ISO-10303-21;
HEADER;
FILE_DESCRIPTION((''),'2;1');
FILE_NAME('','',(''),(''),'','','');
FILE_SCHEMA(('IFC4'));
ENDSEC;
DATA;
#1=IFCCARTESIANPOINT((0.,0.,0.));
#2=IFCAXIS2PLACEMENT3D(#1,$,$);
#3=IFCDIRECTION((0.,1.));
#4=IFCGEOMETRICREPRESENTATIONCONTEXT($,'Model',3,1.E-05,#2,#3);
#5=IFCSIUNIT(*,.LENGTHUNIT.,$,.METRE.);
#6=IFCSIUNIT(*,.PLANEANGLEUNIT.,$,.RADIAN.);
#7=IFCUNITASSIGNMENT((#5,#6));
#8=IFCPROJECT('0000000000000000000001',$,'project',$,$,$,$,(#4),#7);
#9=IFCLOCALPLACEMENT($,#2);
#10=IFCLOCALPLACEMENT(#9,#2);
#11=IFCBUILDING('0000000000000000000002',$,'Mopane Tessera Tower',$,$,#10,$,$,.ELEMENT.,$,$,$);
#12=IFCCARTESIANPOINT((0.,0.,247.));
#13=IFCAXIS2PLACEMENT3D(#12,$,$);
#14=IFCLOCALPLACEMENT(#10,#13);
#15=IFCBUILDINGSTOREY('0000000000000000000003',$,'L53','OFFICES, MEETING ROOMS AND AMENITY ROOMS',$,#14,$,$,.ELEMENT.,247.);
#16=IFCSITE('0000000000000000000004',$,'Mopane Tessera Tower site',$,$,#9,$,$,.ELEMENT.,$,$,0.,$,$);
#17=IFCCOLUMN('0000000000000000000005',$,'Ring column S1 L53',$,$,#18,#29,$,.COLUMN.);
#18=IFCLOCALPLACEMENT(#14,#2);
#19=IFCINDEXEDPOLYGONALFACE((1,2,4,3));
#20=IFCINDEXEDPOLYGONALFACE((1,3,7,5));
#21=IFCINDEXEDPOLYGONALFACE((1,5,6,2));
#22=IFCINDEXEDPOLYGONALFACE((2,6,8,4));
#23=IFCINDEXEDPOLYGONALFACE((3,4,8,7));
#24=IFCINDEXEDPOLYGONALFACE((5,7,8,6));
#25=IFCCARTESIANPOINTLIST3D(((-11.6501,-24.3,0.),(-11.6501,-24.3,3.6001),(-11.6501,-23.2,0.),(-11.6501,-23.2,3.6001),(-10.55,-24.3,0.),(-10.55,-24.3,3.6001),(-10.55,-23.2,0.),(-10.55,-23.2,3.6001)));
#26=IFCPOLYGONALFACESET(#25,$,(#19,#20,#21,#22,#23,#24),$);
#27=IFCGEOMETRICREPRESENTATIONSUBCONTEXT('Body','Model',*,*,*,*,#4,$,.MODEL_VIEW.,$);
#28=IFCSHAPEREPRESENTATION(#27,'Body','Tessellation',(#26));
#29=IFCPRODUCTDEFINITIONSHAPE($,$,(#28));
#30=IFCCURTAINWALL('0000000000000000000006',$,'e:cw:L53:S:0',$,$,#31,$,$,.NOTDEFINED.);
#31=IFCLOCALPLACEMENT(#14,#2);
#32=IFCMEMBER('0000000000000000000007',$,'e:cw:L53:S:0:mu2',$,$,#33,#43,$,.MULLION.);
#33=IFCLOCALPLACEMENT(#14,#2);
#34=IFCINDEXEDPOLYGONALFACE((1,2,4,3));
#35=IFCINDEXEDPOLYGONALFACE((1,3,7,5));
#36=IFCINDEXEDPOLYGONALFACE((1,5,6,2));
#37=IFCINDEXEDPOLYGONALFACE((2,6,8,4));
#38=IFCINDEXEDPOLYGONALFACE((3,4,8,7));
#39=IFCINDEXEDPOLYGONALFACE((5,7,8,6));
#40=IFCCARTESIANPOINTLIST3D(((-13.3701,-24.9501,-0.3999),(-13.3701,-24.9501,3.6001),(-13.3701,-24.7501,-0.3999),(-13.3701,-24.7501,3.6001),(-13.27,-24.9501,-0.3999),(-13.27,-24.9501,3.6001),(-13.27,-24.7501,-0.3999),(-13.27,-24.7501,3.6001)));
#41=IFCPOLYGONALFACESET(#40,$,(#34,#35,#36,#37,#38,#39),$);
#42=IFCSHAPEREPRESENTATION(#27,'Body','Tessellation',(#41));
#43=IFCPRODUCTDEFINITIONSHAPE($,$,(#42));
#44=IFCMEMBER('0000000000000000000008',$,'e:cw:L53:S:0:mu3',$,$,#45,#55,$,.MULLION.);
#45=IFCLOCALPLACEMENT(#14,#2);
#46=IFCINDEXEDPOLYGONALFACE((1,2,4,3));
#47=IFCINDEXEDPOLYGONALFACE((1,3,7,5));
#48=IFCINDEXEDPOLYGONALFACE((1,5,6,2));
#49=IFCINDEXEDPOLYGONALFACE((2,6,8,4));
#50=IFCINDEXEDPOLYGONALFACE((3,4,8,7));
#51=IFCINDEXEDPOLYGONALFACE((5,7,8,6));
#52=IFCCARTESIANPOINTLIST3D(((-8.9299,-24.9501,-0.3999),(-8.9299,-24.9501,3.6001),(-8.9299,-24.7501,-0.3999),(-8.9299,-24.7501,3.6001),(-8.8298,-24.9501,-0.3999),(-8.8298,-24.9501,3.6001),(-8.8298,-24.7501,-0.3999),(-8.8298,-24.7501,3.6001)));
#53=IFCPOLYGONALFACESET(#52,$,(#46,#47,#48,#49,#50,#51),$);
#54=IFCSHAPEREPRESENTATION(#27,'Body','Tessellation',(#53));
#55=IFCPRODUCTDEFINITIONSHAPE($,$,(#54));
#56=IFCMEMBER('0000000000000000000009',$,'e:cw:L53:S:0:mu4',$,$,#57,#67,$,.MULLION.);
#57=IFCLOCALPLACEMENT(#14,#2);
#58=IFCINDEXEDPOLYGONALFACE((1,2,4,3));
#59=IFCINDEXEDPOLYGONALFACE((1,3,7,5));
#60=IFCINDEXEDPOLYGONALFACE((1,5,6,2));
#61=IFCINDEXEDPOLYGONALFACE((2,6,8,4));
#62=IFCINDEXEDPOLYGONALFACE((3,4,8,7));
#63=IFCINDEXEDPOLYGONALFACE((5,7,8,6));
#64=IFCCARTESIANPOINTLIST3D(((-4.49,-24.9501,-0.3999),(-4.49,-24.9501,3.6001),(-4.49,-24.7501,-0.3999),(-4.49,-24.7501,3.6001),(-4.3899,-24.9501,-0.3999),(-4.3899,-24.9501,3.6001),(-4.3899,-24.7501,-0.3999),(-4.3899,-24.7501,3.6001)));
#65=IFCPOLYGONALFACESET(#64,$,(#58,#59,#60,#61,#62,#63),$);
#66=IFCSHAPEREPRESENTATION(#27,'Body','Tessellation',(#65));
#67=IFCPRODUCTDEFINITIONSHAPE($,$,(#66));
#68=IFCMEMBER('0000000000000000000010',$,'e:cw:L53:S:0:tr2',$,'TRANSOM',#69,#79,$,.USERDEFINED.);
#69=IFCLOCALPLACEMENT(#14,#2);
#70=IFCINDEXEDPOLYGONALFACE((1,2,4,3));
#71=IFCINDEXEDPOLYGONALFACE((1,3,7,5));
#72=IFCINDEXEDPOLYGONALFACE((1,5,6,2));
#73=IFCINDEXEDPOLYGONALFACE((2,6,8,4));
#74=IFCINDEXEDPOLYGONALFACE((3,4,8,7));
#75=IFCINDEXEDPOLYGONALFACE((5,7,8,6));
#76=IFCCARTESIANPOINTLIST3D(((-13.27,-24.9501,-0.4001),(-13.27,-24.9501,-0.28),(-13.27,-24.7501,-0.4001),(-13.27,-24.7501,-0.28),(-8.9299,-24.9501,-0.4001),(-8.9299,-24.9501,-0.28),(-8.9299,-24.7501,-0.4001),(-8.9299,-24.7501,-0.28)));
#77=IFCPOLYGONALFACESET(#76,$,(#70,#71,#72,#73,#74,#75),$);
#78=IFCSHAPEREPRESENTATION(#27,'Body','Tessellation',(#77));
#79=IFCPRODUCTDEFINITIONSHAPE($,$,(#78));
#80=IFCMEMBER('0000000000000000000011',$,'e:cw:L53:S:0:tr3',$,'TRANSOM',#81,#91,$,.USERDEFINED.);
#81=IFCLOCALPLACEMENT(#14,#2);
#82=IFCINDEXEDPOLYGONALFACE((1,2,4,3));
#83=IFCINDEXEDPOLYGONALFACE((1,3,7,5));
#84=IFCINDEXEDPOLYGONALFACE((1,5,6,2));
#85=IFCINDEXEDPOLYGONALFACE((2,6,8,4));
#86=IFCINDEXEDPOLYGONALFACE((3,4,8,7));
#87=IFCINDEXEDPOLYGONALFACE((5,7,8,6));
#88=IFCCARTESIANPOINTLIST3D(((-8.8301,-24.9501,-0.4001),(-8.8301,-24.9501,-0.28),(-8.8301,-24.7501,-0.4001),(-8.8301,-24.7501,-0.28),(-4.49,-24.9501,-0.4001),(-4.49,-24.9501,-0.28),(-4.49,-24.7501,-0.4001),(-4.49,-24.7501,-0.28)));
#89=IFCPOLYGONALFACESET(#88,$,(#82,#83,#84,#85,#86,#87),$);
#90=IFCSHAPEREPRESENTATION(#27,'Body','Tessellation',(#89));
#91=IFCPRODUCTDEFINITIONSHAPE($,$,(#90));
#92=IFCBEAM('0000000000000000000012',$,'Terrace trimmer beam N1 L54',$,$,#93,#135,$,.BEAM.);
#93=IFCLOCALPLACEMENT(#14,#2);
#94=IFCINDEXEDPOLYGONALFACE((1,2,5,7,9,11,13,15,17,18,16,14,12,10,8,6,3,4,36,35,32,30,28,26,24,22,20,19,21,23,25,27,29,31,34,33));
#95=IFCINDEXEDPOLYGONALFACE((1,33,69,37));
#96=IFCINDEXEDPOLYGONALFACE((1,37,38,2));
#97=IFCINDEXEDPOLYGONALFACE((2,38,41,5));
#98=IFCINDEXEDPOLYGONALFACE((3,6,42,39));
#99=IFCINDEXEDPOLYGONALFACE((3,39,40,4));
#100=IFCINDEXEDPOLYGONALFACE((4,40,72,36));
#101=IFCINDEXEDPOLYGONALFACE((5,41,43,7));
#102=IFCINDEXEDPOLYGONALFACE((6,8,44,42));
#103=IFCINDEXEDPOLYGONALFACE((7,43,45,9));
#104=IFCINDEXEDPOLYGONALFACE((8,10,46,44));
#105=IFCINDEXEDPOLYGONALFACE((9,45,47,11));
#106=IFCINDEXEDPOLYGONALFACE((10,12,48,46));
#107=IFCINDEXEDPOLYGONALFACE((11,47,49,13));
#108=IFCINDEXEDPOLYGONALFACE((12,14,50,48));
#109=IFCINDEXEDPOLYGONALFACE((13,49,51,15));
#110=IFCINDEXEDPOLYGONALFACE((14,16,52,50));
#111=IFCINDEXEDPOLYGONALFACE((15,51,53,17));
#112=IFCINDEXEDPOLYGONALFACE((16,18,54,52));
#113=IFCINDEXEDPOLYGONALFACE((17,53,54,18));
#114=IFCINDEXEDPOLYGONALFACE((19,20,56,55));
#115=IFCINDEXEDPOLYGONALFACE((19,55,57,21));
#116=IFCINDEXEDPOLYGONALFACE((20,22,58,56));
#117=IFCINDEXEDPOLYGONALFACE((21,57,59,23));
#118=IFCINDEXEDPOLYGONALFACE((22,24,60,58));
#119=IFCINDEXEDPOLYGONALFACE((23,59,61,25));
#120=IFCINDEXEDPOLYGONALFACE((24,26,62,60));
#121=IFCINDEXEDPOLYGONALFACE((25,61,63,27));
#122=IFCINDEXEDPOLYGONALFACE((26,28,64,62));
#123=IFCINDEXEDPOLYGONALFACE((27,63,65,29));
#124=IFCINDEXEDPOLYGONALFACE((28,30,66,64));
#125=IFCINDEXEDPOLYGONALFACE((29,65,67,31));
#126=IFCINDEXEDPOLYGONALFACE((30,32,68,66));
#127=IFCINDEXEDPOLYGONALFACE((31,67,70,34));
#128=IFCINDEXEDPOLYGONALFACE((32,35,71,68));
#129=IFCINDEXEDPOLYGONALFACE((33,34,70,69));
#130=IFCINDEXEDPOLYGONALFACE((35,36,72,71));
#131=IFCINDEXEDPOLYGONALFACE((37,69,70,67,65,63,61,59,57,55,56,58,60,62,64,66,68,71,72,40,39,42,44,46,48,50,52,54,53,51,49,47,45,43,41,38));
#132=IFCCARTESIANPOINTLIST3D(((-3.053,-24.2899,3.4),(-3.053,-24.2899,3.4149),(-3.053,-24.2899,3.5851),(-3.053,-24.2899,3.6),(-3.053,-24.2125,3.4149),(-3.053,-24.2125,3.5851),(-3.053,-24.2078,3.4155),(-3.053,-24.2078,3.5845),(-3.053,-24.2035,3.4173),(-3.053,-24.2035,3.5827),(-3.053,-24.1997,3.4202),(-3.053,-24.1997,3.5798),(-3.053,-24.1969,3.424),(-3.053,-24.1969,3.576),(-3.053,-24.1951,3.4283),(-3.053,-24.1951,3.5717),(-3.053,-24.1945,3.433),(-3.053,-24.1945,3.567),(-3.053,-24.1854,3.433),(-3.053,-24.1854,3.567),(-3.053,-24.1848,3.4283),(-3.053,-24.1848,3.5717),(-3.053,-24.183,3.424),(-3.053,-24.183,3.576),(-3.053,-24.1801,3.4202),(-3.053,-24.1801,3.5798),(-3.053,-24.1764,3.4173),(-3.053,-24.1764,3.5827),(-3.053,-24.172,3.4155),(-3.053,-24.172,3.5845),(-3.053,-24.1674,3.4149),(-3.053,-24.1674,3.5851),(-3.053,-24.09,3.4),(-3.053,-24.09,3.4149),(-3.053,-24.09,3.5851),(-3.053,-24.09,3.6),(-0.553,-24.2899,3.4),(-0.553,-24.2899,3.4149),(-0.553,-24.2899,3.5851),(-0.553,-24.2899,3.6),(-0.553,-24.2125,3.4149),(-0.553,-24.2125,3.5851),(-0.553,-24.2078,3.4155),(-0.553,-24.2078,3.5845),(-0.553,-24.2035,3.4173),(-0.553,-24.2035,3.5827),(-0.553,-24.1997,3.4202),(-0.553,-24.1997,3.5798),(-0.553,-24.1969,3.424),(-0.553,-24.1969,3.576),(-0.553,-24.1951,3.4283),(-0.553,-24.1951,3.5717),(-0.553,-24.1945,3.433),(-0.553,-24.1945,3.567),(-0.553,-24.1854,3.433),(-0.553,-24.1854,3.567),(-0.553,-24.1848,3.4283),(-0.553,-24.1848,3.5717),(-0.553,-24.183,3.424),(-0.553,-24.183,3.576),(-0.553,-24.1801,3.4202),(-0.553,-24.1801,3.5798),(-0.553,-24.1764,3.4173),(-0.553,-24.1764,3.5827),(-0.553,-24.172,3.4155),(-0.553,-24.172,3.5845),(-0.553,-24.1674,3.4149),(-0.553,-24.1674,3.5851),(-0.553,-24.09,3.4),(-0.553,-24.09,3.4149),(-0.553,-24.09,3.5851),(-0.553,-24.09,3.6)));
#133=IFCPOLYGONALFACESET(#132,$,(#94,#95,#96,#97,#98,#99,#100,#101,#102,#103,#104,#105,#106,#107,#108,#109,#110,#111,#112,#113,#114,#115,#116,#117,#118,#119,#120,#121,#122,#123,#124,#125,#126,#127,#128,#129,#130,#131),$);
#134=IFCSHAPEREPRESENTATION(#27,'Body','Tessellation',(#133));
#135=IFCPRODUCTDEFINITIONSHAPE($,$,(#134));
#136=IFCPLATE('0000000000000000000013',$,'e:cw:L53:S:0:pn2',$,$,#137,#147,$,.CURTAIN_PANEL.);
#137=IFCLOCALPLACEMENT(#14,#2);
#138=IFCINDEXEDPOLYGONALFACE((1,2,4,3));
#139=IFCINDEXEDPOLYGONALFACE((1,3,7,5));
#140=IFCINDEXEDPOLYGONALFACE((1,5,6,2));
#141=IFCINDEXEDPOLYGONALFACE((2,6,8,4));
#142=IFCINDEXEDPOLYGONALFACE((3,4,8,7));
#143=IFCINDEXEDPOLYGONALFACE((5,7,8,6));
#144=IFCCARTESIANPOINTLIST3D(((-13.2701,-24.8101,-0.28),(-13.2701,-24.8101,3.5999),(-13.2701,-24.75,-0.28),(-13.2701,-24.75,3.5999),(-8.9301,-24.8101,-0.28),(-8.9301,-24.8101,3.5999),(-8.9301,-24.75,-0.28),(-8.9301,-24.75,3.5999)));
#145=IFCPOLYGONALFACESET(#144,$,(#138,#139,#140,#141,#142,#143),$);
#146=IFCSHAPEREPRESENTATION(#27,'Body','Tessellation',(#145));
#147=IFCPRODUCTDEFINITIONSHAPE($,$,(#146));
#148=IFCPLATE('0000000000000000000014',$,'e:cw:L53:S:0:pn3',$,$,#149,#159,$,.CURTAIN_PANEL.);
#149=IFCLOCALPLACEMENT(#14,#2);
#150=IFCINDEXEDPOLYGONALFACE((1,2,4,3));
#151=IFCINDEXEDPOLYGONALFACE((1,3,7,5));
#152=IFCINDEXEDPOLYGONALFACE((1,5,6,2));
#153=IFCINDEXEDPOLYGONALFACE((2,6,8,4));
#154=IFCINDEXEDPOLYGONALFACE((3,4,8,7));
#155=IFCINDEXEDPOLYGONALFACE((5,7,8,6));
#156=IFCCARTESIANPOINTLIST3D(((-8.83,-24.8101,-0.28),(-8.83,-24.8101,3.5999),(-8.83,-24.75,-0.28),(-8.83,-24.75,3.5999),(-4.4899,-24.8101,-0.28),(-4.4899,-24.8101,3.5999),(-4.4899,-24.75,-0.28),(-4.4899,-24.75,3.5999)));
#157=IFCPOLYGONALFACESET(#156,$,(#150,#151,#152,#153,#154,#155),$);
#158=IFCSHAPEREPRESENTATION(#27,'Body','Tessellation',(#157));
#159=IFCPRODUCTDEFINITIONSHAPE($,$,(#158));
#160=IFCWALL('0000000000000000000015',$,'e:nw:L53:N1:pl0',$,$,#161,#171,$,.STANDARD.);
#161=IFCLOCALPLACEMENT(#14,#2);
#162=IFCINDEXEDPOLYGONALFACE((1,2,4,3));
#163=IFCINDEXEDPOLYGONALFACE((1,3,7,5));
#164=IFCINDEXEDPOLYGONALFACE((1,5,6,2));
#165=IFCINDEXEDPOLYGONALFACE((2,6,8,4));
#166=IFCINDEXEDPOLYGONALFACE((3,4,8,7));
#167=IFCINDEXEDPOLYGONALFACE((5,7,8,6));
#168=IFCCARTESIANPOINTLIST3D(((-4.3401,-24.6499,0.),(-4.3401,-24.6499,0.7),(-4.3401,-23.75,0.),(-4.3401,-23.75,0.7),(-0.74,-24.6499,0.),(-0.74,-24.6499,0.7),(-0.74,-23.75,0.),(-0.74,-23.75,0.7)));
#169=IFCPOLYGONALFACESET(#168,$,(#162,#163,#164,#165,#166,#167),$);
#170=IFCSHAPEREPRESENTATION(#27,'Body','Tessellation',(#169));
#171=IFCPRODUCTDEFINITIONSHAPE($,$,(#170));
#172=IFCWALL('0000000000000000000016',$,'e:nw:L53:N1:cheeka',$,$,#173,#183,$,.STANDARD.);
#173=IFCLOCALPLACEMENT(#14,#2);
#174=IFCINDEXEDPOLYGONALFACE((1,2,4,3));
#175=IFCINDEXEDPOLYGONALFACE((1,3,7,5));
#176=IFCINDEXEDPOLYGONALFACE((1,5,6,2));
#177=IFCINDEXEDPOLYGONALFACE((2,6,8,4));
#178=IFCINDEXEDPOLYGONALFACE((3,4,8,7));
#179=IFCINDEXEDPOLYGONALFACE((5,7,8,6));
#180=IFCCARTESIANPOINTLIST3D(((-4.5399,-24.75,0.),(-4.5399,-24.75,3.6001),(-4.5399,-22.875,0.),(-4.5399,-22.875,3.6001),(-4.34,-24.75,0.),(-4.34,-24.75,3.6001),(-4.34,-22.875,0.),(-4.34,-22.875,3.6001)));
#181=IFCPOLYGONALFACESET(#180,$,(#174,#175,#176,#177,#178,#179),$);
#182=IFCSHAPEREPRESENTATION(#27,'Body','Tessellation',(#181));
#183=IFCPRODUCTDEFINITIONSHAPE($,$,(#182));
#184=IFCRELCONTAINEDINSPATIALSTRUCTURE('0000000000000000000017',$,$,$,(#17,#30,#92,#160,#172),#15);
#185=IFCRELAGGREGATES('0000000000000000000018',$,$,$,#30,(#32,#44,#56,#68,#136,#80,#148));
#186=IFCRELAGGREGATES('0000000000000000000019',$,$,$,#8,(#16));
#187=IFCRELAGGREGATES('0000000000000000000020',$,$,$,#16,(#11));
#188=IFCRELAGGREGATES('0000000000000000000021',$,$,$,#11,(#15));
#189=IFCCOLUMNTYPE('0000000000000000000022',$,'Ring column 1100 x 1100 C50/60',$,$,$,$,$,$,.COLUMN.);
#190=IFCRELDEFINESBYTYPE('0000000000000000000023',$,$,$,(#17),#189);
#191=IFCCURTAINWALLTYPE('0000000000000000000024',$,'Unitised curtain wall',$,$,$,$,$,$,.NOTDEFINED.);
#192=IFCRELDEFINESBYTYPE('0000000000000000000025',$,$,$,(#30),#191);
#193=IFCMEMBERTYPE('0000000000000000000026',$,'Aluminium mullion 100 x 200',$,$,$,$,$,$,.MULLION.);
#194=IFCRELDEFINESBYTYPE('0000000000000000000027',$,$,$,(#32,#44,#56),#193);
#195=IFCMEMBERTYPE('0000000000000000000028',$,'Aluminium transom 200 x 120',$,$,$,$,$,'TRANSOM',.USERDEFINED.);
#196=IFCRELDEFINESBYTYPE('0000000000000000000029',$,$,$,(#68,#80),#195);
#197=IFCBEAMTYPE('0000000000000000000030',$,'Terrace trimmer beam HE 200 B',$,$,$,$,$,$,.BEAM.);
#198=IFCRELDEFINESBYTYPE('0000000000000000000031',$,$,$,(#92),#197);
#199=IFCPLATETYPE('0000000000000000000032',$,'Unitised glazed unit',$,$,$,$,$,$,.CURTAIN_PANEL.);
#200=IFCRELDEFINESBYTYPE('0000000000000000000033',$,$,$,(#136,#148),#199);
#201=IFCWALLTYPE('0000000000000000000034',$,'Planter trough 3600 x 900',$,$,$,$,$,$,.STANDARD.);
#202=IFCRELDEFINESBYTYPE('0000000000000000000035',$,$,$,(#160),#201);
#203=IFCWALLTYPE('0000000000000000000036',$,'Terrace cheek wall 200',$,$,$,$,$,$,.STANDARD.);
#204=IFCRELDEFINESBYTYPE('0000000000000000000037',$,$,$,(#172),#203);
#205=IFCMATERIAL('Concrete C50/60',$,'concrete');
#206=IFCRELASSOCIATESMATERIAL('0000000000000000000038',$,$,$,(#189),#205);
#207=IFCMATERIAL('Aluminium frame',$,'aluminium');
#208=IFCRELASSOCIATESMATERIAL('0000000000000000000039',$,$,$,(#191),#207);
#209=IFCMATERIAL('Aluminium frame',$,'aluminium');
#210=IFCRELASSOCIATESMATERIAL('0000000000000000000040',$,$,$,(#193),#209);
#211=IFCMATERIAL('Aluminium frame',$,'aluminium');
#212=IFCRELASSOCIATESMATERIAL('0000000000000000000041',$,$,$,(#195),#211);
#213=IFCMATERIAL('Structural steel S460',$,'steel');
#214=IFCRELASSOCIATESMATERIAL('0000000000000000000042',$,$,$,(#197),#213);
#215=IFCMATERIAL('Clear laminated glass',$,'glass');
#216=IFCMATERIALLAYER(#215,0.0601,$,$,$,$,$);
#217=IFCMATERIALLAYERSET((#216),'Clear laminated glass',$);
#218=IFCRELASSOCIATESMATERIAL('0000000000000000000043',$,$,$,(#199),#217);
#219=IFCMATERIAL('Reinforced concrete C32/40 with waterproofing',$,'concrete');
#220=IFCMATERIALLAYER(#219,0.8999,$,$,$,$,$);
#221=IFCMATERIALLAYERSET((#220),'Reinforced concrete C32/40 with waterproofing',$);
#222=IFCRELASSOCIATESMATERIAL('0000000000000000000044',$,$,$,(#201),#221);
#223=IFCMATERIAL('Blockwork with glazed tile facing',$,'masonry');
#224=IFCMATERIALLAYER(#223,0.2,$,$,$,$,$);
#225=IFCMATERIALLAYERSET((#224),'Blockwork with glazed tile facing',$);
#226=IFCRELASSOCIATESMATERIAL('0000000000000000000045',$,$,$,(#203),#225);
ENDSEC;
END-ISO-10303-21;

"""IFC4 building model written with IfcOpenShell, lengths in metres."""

from ifc_helpers import new_model, si_unit, direction, frame, frame_2d, origin, origin_2d, place, context, subcontext, project, spatial, rectangle, i_section, extrude, material, layer, layer_set, material_profile, profile_set, type_object, element, aggregate, save


model = new_model("IFC4")

# Units and contexts
model_context = context("Model", 3, precision=1e-05, world=origin(), true_north=direction((0.0, 1.0)))
body_context = subcontext(model_context, "Body", "Model", "MODEL_VIEW")
ifc_project = project(units=[si_unit("LENGTHUNIT", "METRE"), si_unit("PLANEANGLEUNIT", "RADIAN")], contexts=[model_context])

# Site, building, storey
site_placement = place(None, origin())
site = spatial("IfcSite", under=ifc_project, at=site_placement, Name="Mopane Tessera Tower site", CompositionType="ELEMENT", RefElevation=0.0)
building_placement = place(site_placement, origin())
building = spatial("IfcBuilding", under=site, at=building_placement, Name="Mopane Tessera Tower", CompositionType="ELEMENT")
storey_placement = place(building_placement, frame((0.0, 0.0, 247.0)))
storey = spatial("IfcBuildingStorey", under=building, at=storey_placement, Name="L53", Description="OFFICES, MEETING ROOMS AND AMENITY ROOMS", CompositionType="ELEMENT", Elevation=247.0)

# Column
ifc_material_1 = material(Name="Concrete C50/60", Category="concrete")
ifc_material_profile_1 = material_profile(ifc_material_1, rectangle(XDim=1.1001, YDim=1.1001, at=origin_2d()))
ifc_profile_set_1 = profile_set([ifc_material_profile_1], Name="Concrete C50/60")
column_type = type_object("IfcColumnType", Name="Ring column 1100 x 1100 C50/60", PredefinedType="COLUMN", material=ifc_profile_set_1)
column_placement = place(storey_placement, frame((-11.1001, -23.75, 0.0), z_axis=(0.0, 0.0, 1.0), x_axis=(1.0, 0.0, 0.0)))
element("IfcColumn", 1, at=column_placement, inside=storey, type_object=column_type, Name="Ring column S1 L53", PredefinedType="COLUMN", context=body_context, shape_type="SweptSolid", body=[
    extrude(rectangle(XDim=1.1001, YDim=1.1001, at=origin_2d()), origin(), (0.0, 0.0, 1.0), 3.6001),
])

# Curtain wall, members
ifc_material_2 = material(Name="Aluminium frame", Category="aluminium")
curtain_wall_type = type_object("IfcCurtainWallType", Name="Unitised curtain wall", PredefinedType="NOTDEFINED", material=ifc_material_2)
curtain_wall_placement = place(storey_placement, origin())
curtain_wall = element("IfcCurtainWall", 2, at=curtain_wall_placement, inside=storey, type_object=curtain_wall_type, Name="e:cw:L53:S:0", PredefinedType="NOTDEFINED")
ifc_material_3 = material(Name="Aluminium frame", Category="aluminium")
ifc_material_profile_2 = material_profile(ifc_material_3, rectangle(XDim=0.1001, YDim=0.2, at=origin_2d()))
ifc_profile_set_2 = profile_set([ifc_material_profile_2], Name="Aluminium frame")
member_type_1 = type_object("IfcMemberType", Name="Aluminium mullion 100 x 200", PredefinedType="MULLION", material=ifc_profile_set_2)
member_1_placement = place(storey_placement, frame((-13.3201, -24.8501, -0.3999), z_axis=(0.0, 0.0, 1.0), x_axis=(1.0, 0.0, 0.0)))
member_1 = element("IfcMember", 3, at=member_1_placement, type_object=member_type_1, Name="e:cw:L53:S:0:mu2", PredefinedType="MULLION", context=body_context, shape_type="SweptSolid", body=[
    extrude(rectangle(XDim=0.1001, YDim=0.2, at=origin_2d()), origin(), (0.0, 0.0, 1.0), 4.0),
])
member_2_placement = place(storey_placement, frame((-8.8799, -24.8501, -0.3999), z_axis=(0.0, 0.0, 1.0), x_axis=(1.0, 0.0, 0.0)))
member_2 = element("IfcMember", 4, at=member_2_placement, type_object=member_type_1, Name="e:cw:L53:S:0:mu3", PredefinedType="MULLION", context=body_context, shape_type="SweptSolid", body=[
    extrude(rectangle(XDim=0.1001, YDim=0.2, at=origin_2d()), origin(), (0.0, 0.0, 1.0), 4.0),
])
member_3_placement = place(storey_placement, frame((-4.4399, -24.8501, -0.3999), z_axis=(0.0, 0.0, 1.0), x_axis=(1.0, 0.0, 0.0)))
member_3 = element("IfcMember", 5, at=member_3_placement, type_object=member_type_1, Name="e:cw:L53:S:0:mu4", PredefinedType="MULLION", context=body_context, shape_type="SweptSolid", body=[
    extrude(rectangle(XDim=0.1001, YDim=0.2, at=origin_2d()), origin(), (0.0, 0.0, 1.0), 4.0),
])
ifc_material_4 = material(Name="Aluminium frame", Category="aluminium")
ifc_material_profile_3 = material_profile(ifc_material_4, rectangle(XDim=0.2, YDim=0.1201, at=origin_2d()))
ifc_profile_set_3 = profile_set([ifc_material_profile_3], Name="Aluminium frame")
member_type_2 = type_object("IfcMemberType", Name="Aluminium transom 200 x 120", ElementType="TRANSOM", PredefinedType="USERDEFINED", material=ifc_profile_set_3)
member_4_placement = place(storey_placement, frame((-13.27, -24.8501, -0.3401), z_axis=(1.0, 0.0, 0.0), x_axis=(0.0, 1.0, 0.0)))
member_4 = element("IfcMember", 6, at=member_4_placement, type_object=member_type_2, Name="e:cw:L53:S:0:tr2", ObjectType="TRANSOM", PredefinedType="USERDEFINED", context=body_context, shape_type="SweptSolid", body=[
    extrude(rectangle(XDim=0.2, YDim=0.1201, at=origin_2d()), origin(), (0.0, 0.0, 1.0), 4.3401),
])
member_5_placement = place(storey_placement, frame((-8.8301, -24.8501, -0.3401), z_axis=(1.0, 0.0, 0.0), x_axis=(0.0, 1.0, 0.0)))
member_5 = element("IfcMember", 7, at=member_5_placement, type_object=member_type_2, Name="e:cw:L53:S:0:tr3", ObjectType="TRANSOM", PredefinedType="USERDEFINED", context=body_context, shape_type="SweptSolid", body=[
    extrude(rectangle(XDim=0.2, YDim=0.1201, at=origin_2d()), origin(), (0.0, 0.0, 1.0), 4.3401),
])

# Beam
ifc_material_5 = material(Name="Structural steel S460", Category="steel")
ifc_material_profile_4 = material_profile(ifc_material_5, i_section(OverallWidth=0.2, OverallDepth=0.2, WebThickness=0.009, FlangeThickness=0.0149, FilletRadius=0.0181, at=origin_2d()))
ifc_profile_set_4 = profile_set([ifc_material_profile_4], Name="Structural steel S460")
beam_type = type_object("IfcBeamType", Name="Terrace trimmer beam HE 200 B", PredefinedType="BEAM", material=ifc_profile_set_4)
beam_placement = place(storey_placement, frame((-0.553, -24.1899, 3.5), z_axis=(-1.0, 0.0, 0.0), x_axis=(0.0, -1.0, 0.0)))
element("IfcBeam", 8, at=beam_placement, inside=storey, type_object=beam_type, Name="Terrace trimmer beam N1 L54", PredefinedType="BEAM", context=body_context, shape_type="SweptSolid", body=[
    extrude(i_section(OverallWidth=0.2, OverallDepth=0.2, WebThickness=0.009, FlangeThickness=0.0149, FilletRadius=0.0181, at=origin_2d()), origin(), (0.0, 0.0, 1.0), 2.5),
])

# Plates
ifc_material_6 = material(Name="Clear laminated glass", Category="glass")
ifc_layer_1 = layer(ifc_material_6, 0.0601)
ifc_layer_set_1 = layer_set([ifc_layer_1], Name="Clear laminated glass")
plate_type = type_object("IfcPlateType", Name="Unitised glazed unit", PredefinedType="CURTAIN_PANEL", material=ifc_layer_set_1)
plate_1_placement = place(storey_placement, frame((-11.1001, -24.78, -0.28), z_axis=(0.0, 0.0, 1.0), x_axis=(1.0, 0.0, 0.0)))
plate_1 = element("IfcPlate", 9, at=plate_1_placement, type_object=plate_type, Name="e:cw:L53:S:0:pn2", PredefinedType="CURTAIN_PANEL", context=body_context, shape_type="SweptSolid", body=[
    extrude(rectangle(XDim=4.3401, YDim=0.0601, at=origin_2d()), origin(), (0.0, 0.0, 1.0), 3.8799),
])
plate_2_placement = place(storey_placement, frame((-6.6599, -24.78, -0.28), z_axis=(0.0, 0.0, 1.0), x_axis=(1.0, 0.0, 0.0)))
plate_2 = element("IfcPlate", 10, at=plate_2_placement, type_object=plate_type, Name="e:cw:L53:S:0:pn3", PredefinedType="CURTAIN_PANEL", context=body_context, shape_type="SweptSolid", body=[
    extrude(rectangle(XDim=4.3401, YDim=0.0601, at=origin_2d()), origin(), (0.0, 0.0, 1.0), 3.8799),
])
aggregate(curtain_wall, [member_1, member_2, member_3, member_4, plate_1, member_5, plate_2])

# Walls
ifc_material_7 = material(Name="Reinforced concrete C32/40 with waterproofing", Category="concrete")
ifc_layer_2 = layer(ifc_material_7, 0.8999)
ifc_layer_set_2 = layer_set([ifc_layer_2], Name="Reinforced concrete C32/40 with waterproofing")
wall_type_1 = type_object("IfcWallType", Name="Planter trough 3600 x 900", PredefinedType="STANDARD", material=ifc_layer_set_2)
wall_1_placement = place(storey_placement, frame((-4.3401, -24.2, 0.0), z_axis=(0.0, 0.0, 1.0), x_axis=(1.0, 0.0, 0.0)))
element("IfcWall", 11, at=wall_1_placement, inside=storey, type_object=wall_type_1, Name="e:nw:L53:N1:pl0", PredefinedType="STANDARD", context=body_context, shape_type="SweptSolid", body=[
    extrude(rectangle(XDim=3.6001, YDim=0.8999, at=frame_2d((1.8, 0.0))), origin(), (0.0, 0.0, 1.0), 0.7),
])
ifc_material_8 = material(Name="Blockwork with glazed tile facing", Category="masonry")
ifc_layer_3 = layer(ifc_material_8, 0.2)
ifc_layer_set_3 = layer_set([ifc_layer_3], Name="Blockwork with glazed tile facing")
wall_type_2 = type_object("IfcWallType", Name="Terrace cheek wall 200", PredefinedType="STANDARD", material=ifc_layer_set_3)
wall_2_placement = place(storey_placement, frame((-4.4399, -24.75, 0.0), z_axis=(0.0, 0.0, 1.0), x_axis=(0.0, 1.0, 0.0)))
element("IfcWall", 12, at=wall_2_placement, inside=storey, type_object=wall_type_2, Name="e:nw:L53:N1:cheeka", PredefinedType="STANDARD", context=body_context, shape_type="SweptSolid", body=[
    extrude(rectangle(XDim=1.875, YDim=0.2, at=frame_2d((0.9375, 0.0))), origin(), (0.0, 0.0, 1.0), 3.6001),
])

save(model, "model.ifc")
